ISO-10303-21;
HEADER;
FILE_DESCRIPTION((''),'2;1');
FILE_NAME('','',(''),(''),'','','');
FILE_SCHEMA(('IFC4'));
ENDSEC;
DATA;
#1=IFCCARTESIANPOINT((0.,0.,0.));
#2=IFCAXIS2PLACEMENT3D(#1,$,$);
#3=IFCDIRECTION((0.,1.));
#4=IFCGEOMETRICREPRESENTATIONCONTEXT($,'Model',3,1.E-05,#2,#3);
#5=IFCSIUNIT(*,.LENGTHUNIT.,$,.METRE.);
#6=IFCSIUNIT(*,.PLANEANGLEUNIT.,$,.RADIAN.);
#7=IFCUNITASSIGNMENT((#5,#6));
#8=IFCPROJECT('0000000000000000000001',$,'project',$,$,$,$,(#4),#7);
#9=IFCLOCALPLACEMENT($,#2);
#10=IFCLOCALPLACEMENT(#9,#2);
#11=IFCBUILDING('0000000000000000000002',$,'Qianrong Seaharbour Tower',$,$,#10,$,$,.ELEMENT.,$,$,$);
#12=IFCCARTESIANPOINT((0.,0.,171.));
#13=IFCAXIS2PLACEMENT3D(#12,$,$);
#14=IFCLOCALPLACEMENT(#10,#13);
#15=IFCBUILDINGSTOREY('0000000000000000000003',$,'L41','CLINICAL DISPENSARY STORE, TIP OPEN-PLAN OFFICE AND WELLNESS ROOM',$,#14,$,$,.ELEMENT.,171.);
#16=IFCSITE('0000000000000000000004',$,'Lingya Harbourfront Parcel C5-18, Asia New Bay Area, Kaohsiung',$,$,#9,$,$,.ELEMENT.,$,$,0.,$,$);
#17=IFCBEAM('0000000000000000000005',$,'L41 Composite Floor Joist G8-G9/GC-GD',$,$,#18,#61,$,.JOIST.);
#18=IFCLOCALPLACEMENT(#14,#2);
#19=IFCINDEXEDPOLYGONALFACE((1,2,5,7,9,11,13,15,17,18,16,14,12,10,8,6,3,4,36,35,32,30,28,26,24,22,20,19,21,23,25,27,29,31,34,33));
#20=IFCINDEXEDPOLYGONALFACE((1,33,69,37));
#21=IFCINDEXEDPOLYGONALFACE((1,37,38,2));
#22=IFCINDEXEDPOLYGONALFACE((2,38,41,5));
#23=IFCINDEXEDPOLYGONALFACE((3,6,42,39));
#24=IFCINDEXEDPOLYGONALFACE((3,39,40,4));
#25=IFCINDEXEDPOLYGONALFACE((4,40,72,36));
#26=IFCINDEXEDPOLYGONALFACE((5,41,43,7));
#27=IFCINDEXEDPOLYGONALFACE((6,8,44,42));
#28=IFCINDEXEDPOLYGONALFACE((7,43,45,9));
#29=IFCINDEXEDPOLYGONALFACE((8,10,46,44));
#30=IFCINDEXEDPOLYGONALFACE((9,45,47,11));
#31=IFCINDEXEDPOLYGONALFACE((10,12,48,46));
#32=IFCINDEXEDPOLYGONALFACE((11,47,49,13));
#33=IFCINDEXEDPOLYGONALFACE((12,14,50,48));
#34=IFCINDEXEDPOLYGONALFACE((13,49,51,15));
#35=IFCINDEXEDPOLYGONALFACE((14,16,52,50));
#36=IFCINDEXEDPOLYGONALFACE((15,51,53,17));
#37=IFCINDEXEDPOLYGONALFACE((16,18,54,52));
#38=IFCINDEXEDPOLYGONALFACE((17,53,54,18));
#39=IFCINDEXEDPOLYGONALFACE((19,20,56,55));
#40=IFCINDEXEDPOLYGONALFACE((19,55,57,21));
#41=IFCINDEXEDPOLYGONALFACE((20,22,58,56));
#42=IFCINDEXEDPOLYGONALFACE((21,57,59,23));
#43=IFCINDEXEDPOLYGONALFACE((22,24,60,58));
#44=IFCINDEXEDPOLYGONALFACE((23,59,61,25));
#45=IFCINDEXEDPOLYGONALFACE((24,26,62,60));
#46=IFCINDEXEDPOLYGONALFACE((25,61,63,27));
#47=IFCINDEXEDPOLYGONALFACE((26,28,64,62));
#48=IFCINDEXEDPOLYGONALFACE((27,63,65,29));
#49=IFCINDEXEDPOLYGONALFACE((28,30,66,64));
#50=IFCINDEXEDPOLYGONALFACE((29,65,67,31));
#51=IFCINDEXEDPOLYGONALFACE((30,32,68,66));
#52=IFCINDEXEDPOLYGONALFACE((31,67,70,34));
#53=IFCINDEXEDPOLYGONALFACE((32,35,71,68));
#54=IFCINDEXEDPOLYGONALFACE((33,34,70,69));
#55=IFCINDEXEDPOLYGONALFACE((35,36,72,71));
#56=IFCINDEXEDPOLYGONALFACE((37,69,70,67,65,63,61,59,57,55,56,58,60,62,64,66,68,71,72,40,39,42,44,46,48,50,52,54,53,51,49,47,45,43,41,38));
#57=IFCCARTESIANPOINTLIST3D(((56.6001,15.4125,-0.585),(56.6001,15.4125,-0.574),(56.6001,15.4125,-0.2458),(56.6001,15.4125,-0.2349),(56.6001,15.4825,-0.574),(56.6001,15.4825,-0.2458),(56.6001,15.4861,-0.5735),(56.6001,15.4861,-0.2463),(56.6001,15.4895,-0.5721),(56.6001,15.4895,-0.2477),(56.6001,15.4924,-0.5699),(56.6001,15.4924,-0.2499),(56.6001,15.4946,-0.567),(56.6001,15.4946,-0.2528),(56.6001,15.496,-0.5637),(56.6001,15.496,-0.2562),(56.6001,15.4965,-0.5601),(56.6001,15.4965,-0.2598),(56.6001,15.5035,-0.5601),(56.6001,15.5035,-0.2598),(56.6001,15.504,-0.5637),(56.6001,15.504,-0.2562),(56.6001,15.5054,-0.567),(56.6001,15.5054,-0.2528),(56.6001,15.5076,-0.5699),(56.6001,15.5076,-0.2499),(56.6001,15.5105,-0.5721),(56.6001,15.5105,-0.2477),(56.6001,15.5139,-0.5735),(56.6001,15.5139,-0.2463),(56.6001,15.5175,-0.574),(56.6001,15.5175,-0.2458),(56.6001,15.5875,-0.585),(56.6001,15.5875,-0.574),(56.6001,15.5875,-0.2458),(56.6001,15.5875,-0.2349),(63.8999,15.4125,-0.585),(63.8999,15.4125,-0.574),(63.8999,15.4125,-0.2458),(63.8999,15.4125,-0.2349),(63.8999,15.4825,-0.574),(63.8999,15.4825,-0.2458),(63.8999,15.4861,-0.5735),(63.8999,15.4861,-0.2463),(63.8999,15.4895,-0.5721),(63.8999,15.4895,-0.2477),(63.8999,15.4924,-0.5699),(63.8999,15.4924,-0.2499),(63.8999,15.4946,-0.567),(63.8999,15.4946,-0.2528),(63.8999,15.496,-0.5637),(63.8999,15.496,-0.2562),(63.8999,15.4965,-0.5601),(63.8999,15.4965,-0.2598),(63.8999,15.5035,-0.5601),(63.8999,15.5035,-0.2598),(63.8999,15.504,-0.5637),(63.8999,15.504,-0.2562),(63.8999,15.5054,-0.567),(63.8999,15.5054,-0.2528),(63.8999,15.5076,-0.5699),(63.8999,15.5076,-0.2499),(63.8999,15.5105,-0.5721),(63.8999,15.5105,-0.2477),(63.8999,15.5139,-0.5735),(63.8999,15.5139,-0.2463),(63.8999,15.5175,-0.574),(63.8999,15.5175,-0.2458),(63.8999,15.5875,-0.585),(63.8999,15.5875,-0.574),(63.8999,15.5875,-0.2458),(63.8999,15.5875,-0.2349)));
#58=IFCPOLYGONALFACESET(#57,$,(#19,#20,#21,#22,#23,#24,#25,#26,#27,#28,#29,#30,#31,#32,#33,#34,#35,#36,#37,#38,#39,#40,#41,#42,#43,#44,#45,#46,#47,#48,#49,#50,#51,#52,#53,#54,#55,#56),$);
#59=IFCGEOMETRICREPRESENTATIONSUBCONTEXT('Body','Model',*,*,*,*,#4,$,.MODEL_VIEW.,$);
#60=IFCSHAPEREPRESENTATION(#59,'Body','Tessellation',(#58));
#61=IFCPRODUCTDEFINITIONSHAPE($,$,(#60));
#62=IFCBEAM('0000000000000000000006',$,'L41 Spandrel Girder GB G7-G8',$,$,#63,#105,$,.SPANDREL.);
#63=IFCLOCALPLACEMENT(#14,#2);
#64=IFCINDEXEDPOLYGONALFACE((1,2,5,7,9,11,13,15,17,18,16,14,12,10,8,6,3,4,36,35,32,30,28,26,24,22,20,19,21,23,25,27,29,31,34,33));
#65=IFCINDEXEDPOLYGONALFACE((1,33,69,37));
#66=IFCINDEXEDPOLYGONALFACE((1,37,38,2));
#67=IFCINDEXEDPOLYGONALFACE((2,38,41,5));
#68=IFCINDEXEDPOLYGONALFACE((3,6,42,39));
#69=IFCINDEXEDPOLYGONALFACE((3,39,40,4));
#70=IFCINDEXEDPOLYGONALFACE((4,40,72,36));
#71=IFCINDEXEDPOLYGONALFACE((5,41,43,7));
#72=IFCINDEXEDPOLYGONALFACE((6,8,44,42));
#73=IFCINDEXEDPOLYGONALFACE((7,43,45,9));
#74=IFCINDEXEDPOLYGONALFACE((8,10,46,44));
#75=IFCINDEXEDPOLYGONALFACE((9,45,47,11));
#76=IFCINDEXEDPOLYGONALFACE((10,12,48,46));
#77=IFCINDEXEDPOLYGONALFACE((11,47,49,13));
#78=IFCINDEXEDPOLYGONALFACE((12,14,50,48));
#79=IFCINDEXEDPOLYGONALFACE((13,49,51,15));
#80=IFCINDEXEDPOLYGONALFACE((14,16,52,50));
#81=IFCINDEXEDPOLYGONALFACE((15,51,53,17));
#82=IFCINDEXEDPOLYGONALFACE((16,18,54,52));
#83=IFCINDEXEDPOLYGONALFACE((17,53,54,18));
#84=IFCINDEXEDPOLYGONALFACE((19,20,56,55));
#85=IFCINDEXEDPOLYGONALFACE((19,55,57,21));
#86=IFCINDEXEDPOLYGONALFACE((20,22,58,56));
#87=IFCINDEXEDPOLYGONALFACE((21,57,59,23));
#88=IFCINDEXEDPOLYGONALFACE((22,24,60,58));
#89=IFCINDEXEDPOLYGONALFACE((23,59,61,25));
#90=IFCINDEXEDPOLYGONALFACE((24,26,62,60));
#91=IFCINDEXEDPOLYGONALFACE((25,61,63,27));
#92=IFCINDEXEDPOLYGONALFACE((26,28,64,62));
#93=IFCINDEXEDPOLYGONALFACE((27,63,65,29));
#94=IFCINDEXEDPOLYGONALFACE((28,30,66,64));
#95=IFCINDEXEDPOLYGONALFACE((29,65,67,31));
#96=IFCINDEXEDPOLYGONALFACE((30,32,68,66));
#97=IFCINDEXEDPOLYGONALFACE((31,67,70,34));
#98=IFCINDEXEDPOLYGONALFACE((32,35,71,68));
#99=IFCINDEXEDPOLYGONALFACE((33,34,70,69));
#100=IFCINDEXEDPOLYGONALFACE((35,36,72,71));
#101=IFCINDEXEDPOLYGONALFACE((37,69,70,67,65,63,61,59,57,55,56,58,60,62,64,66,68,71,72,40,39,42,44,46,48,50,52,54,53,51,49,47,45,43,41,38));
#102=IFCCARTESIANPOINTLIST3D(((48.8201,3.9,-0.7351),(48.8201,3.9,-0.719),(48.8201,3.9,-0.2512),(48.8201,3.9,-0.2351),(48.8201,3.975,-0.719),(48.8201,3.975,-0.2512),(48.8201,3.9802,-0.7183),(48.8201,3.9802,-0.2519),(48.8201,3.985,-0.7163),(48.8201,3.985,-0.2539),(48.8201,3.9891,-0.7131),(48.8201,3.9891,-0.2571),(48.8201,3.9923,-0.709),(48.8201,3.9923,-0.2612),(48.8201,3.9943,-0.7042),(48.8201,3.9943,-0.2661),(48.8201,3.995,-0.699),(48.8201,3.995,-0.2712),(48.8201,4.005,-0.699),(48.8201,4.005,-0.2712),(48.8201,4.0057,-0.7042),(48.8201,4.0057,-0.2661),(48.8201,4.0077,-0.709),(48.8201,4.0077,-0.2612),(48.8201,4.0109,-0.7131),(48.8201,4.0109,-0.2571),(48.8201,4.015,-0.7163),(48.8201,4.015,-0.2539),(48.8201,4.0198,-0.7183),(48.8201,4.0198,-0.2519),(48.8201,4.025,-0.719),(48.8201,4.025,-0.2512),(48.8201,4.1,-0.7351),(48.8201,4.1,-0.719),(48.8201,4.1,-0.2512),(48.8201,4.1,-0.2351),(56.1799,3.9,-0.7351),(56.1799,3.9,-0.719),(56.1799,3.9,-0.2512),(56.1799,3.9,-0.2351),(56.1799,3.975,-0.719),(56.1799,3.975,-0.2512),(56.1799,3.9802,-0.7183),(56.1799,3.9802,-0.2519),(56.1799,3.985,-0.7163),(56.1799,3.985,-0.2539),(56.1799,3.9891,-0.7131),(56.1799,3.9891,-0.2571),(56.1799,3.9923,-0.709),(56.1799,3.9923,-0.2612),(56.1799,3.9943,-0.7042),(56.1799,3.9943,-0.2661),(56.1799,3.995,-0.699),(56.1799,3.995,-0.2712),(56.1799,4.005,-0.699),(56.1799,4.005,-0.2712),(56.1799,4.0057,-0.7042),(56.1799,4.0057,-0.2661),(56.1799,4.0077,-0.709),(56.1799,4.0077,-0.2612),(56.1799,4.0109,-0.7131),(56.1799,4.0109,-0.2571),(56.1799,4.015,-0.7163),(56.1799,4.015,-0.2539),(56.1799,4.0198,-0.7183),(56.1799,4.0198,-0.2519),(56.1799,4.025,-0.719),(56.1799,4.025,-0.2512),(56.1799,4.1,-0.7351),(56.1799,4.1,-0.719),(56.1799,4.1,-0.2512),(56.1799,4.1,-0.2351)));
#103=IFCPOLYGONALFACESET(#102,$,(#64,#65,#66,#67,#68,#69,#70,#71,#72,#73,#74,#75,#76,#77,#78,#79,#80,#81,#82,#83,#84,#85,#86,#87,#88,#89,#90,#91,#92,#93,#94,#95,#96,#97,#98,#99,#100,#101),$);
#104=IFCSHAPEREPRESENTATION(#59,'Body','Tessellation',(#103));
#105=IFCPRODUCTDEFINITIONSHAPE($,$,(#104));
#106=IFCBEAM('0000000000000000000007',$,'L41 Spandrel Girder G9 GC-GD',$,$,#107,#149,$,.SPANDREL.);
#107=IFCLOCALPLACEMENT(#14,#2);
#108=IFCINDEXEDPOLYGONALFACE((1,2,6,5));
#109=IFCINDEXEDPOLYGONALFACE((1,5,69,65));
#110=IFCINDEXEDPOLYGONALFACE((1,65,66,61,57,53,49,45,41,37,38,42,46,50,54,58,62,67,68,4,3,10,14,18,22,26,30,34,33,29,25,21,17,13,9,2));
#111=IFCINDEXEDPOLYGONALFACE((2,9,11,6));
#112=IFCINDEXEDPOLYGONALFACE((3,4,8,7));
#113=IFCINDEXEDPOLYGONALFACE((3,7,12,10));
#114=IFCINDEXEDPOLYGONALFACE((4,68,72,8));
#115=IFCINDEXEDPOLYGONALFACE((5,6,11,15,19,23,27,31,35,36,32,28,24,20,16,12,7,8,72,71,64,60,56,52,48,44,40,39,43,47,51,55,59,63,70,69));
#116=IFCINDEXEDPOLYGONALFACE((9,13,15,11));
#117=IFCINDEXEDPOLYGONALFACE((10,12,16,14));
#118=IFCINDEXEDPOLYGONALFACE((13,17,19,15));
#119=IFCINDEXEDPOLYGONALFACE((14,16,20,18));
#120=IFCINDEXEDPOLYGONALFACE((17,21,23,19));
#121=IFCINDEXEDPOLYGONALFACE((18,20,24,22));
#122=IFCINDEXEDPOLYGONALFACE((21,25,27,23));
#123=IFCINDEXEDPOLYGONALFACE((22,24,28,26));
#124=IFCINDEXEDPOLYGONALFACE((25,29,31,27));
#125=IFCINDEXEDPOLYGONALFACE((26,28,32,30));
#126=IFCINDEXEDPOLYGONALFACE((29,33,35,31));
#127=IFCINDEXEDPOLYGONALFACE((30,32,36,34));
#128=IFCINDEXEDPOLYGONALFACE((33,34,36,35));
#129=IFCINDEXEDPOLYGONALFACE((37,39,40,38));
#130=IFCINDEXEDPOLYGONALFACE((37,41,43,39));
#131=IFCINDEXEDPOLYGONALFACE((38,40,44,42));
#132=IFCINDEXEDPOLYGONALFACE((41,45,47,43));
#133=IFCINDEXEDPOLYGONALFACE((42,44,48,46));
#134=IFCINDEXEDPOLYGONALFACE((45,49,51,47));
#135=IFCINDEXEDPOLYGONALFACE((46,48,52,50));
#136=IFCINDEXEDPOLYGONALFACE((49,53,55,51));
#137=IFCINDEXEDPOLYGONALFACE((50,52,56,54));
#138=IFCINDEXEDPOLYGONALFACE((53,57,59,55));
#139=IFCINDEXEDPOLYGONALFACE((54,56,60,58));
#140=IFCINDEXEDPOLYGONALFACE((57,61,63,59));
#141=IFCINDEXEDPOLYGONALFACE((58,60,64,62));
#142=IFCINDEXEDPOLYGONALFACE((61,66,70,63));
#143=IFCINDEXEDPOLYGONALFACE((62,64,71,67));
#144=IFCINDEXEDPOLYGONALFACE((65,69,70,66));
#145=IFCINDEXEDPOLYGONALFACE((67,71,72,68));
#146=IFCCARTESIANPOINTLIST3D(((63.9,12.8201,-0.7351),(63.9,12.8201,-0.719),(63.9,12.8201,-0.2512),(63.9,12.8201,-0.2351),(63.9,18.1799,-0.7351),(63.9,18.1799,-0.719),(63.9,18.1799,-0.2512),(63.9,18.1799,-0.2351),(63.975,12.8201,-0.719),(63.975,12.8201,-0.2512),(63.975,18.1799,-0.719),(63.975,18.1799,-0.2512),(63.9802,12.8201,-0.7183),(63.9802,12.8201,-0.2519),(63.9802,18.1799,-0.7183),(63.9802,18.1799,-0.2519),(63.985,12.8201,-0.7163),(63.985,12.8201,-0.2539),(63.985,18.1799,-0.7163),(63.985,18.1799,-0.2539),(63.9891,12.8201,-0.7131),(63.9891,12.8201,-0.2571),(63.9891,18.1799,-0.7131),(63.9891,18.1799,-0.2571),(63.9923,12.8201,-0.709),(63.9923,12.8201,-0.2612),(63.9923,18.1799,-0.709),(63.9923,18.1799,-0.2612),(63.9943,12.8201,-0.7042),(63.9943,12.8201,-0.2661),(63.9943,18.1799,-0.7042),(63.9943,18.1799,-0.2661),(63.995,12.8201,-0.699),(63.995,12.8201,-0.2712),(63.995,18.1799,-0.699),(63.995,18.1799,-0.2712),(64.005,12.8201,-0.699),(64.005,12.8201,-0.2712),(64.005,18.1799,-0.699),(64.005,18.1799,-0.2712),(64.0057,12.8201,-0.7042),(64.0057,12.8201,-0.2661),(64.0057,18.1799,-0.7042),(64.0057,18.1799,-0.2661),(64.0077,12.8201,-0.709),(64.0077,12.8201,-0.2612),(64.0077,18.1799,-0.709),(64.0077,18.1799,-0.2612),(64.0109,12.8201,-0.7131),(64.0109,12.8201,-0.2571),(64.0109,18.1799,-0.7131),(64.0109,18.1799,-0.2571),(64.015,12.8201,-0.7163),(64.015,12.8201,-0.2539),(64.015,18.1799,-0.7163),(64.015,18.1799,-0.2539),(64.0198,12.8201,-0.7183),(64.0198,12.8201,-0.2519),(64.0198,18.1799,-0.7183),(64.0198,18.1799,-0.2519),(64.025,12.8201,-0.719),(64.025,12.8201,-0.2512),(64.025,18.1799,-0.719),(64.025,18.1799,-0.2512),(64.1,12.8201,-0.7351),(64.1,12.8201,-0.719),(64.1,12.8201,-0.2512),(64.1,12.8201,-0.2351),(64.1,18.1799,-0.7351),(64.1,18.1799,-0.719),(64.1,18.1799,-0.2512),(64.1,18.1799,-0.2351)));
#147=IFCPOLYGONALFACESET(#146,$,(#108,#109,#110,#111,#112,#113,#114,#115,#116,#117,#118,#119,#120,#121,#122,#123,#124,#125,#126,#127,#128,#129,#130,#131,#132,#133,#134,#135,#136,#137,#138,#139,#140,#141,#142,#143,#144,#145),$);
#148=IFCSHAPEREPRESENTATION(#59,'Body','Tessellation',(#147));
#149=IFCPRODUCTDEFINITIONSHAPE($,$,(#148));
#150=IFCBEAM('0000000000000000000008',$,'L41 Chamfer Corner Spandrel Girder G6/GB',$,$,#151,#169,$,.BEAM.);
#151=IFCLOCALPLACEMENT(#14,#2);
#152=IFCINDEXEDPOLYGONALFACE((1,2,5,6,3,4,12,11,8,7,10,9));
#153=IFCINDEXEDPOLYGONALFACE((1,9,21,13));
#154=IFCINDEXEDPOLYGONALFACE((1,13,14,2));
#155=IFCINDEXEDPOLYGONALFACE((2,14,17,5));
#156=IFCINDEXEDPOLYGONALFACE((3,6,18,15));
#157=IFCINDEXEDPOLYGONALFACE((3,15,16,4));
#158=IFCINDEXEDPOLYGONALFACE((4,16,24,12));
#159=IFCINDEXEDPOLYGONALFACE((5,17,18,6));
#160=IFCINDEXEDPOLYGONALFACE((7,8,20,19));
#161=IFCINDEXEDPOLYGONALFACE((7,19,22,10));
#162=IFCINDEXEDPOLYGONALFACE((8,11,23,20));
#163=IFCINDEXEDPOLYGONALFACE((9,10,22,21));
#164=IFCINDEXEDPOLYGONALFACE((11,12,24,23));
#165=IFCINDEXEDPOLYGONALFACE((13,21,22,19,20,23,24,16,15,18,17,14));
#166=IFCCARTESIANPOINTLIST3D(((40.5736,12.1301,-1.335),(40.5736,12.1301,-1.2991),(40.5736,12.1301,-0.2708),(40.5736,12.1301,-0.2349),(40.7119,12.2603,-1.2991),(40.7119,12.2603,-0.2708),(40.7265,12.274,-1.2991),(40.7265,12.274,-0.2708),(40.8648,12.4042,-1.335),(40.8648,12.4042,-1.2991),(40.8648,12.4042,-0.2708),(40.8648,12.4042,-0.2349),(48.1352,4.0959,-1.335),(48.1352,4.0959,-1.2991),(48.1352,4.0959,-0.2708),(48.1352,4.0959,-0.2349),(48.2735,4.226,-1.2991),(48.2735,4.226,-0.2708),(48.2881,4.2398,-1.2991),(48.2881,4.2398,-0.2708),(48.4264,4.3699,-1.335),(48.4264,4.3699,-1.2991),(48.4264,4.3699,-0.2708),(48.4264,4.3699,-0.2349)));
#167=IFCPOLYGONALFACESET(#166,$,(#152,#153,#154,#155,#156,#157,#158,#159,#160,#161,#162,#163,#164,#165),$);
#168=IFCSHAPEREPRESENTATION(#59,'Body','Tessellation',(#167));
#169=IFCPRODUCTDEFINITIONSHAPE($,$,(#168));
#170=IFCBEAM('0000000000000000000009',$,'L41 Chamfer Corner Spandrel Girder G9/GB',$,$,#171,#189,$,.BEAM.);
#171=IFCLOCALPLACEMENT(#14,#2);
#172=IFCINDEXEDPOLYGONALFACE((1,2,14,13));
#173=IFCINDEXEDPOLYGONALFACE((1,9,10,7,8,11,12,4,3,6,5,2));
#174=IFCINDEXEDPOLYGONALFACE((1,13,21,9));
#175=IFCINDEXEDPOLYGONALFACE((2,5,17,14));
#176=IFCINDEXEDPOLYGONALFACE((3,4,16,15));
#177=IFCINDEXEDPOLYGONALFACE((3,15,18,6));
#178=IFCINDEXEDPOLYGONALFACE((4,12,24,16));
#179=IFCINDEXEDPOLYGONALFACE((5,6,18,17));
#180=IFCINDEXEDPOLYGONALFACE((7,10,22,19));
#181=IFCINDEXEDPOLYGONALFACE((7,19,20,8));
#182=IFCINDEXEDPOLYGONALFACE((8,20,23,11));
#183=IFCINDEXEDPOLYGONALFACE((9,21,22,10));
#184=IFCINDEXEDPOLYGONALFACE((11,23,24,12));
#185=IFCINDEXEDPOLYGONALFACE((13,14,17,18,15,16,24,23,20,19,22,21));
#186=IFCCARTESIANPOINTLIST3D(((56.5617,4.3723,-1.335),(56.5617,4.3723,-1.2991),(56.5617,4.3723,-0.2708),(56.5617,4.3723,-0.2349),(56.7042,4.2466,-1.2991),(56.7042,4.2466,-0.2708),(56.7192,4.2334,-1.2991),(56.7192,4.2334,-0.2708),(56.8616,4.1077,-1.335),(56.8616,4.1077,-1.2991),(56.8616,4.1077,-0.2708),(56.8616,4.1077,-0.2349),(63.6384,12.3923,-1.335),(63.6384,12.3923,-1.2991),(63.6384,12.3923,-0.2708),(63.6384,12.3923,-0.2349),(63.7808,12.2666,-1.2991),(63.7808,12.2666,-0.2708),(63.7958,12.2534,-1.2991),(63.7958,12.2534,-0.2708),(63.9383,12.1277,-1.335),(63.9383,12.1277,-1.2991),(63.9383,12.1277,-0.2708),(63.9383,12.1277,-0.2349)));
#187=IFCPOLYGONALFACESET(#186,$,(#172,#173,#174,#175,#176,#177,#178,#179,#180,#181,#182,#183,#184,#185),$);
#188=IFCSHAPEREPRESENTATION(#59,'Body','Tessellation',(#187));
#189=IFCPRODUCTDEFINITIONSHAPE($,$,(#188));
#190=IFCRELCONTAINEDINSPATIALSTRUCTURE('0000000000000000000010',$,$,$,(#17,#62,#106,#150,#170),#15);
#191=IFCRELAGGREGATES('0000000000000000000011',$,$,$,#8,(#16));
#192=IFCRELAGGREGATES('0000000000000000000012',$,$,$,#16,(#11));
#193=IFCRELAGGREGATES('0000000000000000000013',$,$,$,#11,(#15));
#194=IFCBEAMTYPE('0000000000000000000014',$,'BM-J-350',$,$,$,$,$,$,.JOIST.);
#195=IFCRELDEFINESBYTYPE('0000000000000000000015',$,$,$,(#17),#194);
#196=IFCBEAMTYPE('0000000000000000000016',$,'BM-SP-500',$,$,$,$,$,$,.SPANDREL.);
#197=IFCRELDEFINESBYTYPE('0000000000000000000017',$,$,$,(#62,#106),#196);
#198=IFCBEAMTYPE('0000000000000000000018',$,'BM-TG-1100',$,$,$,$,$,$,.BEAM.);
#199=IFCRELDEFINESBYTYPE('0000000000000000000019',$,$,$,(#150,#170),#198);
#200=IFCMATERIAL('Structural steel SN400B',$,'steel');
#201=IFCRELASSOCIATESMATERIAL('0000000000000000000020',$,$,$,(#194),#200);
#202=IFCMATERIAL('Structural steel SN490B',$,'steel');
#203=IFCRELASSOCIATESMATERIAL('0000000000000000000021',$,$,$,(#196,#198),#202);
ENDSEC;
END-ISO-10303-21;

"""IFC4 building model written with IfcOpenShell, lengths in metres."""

from ifc_helpers import new_model, si_unit, direction, frame, origin, origin_2d, place, context, subcontext, project, spatial, i_section, extrude, material, material_profile, profile_set, type_object, element, save


model = new_model("IFC4")

# Units and contexts
model_context = context("Model", 3, precision=1e-05, world=origin(), true_north=direction((0.0, 1.0)))
body_context = subcontext(model_context, "Body", "Model", "MODEL_VIEW")
ifc_project = project(units=[si_unit("LENGTHUNIT", "METRE"), si_unit("PLANEANGLEUNIT", "RADIAN")], contexts=[model_context])

# Site, building, storey
site_placement = place(None, origin())
site = spatial("IfcSite", under=ifc_project, at=site_placement, Name="Lingya Harbourfront Parcel C5-18, Asia New Bay Area, Kaohsiung", CompositionType="ELEMENT", RefElevation=0.0)
building_placement = place(site_placement, origin())
building = spatial("IfcBuilding", under=site, at=building_placement, Name="Qianrong Seaharbour Tower", CompositionType="ELEMENT")
storey_placement = place(building_placement, frame((0.0, 0.0, 171.0)))
storey = spatial("IfcBuildingStorey", under=building, at=storey_placement, Name="L41", Description="CLINICAL DISPENSARY STORE, TIP OPEN-PLAN OFFICE AND WELLNESS ROOM", CompositionType="ELEMENT", Elevation=171.0)

# Shared definitions
ifc_material_1 = material(Name="Structural steel SN490B", Category="steel")

# Beams
ifc_material_2 = material(Name="Structural steel SN400B", Category="steel")
ifc_material_profile_1 = material_profile(ifc_material_2, i_section(OverallWidth=0.175, OverallDepth=0.3501, WebThickness=0.0071, FlangeThickness=0.011, FilletRadius=0.0139, at=origin_2d()), Name="H350x175x7x11")
ifc_profile_set_1 = profile_set([ifc_material_profile_1], Name="Structural steel SN400B")
beam_type_1 = type_object("IfcBeamType", Name="BM-J-350", PredefinedType="JOIST", material=ifc_profile_set_1)
beam_1_placement = place(storey_placement, frame((56.6001, 15.5, -0.4099), z_axis=(1.0, 0.0, 0.0), x_axis=(0.0, 1.0, 0.0)))
element("IfcBeam", 1, at=beam_1_placement, inside=storey, type_object=beam_type_1, Name="L41 Composite Floor Joist G8-G9/GC-GD", PredefinedType="JOIST", context=body_context, shape_type="SweptSolid", body=[
    extrude(i_section(OverallWidth=0.175, OverallDepth=0.3501, WebThickness=0.0071, FlangeThickness=0.011, FilletRadius=0.0139, at=origin_2d()), origin(), (0.0, 0.0, 1.0), 7.2998),
])
ifc_material_profile_2 = material_profile(ifc_material_1, i_section(OverallWidth=0.2, OverallDepth=0.5, WebThickness=0.01, FlangeThickness=0.0161, FilletRadius=0.02, at=origin_2d()), Name="H500x200x10x16")
ifc_profile_set_2 = profile_set([ifc_material_profile_2], Name="Structural steel SN490B")
beam_type_2 = type_object("IfcBeamType", Name="BM-SP-500", PredefinedType="SPANDREL", material=ifc_profile_set_2)
beam_2_placement = place(storey_placement, frame((48.8201, 4.0, -0.4851), z_axis=(1.0, 0.0, 0.0), x_axis=(0.0, 1.0, 0.0)))
element("IfcBeam", 2, at=beam_2_placement, inside=storey, type_object=beam_type_2, Name="L41 Spandrel Girder GB G7-G8", PredefinedType="SPANDREL", context=body_context, shape_type="SweptSolid", body=[
    extrude(i_section(OverallWidth=0.2, OverallDepth=0.5, WebThickness=0.01, FlangeThickness=0.0161, FilletRadius=0.02, at=origin_2d()), origin(), (0.0, 0.0, 1.0), 7.3599),
])
beam_3_placement = place(storey_placement, frame((64.0, 12.8201, -0.4851), z_axis=(0.0, 1.0, 0.0), x_axis=(-1.0, 0.0, 0.0)))
element("IfcBeam", 3, at=beam_3_placement, inside=storey, type_object=beam_type_2, Name="L41 Spandrel Girder G9 GC-GD", PredefinedType="SPANDREL", context=body_context, shape_type="SweptSolid", body=[
    extrude(i_section(OverallWidth=0.2, OverallDepth=0.5, WebThickness=0.01, FlangeThickness=0.0161, FilletRadius=0.02, at=origin_2d()), origin(), (0.0, 0.0, 1.0), 5.3599),
])
ifc_material_profile_3 = material_profile(ifc_material_1, i_section(OverallWidth=0.3999, OverallDepth=1.1001, WebThickness=0.02, FlangeThickness=0.0359, at=origin_2d()), Name="BH1100x400x20x36")
ifc_profile_set_3 = profile_set([ifc_material_profile_3], Name="Structural steel SN490B")
beam_type_3 = type_object("IfcBeamType", Name="BM-TG-1100", PredefinedType="BEAM", material=ifc_profile_set_3)
beam_4_placement = place(storey_placement, frame((48.2808, 4.2329, -0.7849), z_axis=(-0.685362, 0.728203, 0.0), x_axis=(-0.728203, -0.685362, 0.0)))
element("IfcBeam", 4, at=beam_4_placement, inside=storey, type_object=beam_type_3, Name="L41 Chamfer Corner Spandrel Girder G6/GB", PredefinedType="BEAM", context=body_context, shape_type="SweptSolid", body=[
    extrude(i_section(OverallWidth=0.3999, OverallDepth=1.1001, WebThickness=0.02, FlangeThickness=0.0359, at=origin_2d()), origin(), (0.0, 0.0, 1.0), 11.033),
])
beam_5_placement = place(storey_placement, frame((56.7117, 4.24, -0.7849), z_axis=(0.661631, 0.74983, 0.0), x_axis=(-0.74983, 0.661631, 0.0)))
element("IfcBeam", 5, at=beam_5_placement, inside=storey, type_object=beam_type_3, Name="L41 Chamfer Corner Spandrel Girder G9/GB", PredefinedType="BEAM", context=body_context, shape_type="SweptSolid", body=[
    extrude(i_section(OverallWidth=0.3999, OverallDepth=1.1001, WebThickness=0.02, FlangeThickness=0.0359, at=origin_2d()), origin(), (0.0, 0.0, 1.0), 10.6958),
])

save(model, "model.ifc")
